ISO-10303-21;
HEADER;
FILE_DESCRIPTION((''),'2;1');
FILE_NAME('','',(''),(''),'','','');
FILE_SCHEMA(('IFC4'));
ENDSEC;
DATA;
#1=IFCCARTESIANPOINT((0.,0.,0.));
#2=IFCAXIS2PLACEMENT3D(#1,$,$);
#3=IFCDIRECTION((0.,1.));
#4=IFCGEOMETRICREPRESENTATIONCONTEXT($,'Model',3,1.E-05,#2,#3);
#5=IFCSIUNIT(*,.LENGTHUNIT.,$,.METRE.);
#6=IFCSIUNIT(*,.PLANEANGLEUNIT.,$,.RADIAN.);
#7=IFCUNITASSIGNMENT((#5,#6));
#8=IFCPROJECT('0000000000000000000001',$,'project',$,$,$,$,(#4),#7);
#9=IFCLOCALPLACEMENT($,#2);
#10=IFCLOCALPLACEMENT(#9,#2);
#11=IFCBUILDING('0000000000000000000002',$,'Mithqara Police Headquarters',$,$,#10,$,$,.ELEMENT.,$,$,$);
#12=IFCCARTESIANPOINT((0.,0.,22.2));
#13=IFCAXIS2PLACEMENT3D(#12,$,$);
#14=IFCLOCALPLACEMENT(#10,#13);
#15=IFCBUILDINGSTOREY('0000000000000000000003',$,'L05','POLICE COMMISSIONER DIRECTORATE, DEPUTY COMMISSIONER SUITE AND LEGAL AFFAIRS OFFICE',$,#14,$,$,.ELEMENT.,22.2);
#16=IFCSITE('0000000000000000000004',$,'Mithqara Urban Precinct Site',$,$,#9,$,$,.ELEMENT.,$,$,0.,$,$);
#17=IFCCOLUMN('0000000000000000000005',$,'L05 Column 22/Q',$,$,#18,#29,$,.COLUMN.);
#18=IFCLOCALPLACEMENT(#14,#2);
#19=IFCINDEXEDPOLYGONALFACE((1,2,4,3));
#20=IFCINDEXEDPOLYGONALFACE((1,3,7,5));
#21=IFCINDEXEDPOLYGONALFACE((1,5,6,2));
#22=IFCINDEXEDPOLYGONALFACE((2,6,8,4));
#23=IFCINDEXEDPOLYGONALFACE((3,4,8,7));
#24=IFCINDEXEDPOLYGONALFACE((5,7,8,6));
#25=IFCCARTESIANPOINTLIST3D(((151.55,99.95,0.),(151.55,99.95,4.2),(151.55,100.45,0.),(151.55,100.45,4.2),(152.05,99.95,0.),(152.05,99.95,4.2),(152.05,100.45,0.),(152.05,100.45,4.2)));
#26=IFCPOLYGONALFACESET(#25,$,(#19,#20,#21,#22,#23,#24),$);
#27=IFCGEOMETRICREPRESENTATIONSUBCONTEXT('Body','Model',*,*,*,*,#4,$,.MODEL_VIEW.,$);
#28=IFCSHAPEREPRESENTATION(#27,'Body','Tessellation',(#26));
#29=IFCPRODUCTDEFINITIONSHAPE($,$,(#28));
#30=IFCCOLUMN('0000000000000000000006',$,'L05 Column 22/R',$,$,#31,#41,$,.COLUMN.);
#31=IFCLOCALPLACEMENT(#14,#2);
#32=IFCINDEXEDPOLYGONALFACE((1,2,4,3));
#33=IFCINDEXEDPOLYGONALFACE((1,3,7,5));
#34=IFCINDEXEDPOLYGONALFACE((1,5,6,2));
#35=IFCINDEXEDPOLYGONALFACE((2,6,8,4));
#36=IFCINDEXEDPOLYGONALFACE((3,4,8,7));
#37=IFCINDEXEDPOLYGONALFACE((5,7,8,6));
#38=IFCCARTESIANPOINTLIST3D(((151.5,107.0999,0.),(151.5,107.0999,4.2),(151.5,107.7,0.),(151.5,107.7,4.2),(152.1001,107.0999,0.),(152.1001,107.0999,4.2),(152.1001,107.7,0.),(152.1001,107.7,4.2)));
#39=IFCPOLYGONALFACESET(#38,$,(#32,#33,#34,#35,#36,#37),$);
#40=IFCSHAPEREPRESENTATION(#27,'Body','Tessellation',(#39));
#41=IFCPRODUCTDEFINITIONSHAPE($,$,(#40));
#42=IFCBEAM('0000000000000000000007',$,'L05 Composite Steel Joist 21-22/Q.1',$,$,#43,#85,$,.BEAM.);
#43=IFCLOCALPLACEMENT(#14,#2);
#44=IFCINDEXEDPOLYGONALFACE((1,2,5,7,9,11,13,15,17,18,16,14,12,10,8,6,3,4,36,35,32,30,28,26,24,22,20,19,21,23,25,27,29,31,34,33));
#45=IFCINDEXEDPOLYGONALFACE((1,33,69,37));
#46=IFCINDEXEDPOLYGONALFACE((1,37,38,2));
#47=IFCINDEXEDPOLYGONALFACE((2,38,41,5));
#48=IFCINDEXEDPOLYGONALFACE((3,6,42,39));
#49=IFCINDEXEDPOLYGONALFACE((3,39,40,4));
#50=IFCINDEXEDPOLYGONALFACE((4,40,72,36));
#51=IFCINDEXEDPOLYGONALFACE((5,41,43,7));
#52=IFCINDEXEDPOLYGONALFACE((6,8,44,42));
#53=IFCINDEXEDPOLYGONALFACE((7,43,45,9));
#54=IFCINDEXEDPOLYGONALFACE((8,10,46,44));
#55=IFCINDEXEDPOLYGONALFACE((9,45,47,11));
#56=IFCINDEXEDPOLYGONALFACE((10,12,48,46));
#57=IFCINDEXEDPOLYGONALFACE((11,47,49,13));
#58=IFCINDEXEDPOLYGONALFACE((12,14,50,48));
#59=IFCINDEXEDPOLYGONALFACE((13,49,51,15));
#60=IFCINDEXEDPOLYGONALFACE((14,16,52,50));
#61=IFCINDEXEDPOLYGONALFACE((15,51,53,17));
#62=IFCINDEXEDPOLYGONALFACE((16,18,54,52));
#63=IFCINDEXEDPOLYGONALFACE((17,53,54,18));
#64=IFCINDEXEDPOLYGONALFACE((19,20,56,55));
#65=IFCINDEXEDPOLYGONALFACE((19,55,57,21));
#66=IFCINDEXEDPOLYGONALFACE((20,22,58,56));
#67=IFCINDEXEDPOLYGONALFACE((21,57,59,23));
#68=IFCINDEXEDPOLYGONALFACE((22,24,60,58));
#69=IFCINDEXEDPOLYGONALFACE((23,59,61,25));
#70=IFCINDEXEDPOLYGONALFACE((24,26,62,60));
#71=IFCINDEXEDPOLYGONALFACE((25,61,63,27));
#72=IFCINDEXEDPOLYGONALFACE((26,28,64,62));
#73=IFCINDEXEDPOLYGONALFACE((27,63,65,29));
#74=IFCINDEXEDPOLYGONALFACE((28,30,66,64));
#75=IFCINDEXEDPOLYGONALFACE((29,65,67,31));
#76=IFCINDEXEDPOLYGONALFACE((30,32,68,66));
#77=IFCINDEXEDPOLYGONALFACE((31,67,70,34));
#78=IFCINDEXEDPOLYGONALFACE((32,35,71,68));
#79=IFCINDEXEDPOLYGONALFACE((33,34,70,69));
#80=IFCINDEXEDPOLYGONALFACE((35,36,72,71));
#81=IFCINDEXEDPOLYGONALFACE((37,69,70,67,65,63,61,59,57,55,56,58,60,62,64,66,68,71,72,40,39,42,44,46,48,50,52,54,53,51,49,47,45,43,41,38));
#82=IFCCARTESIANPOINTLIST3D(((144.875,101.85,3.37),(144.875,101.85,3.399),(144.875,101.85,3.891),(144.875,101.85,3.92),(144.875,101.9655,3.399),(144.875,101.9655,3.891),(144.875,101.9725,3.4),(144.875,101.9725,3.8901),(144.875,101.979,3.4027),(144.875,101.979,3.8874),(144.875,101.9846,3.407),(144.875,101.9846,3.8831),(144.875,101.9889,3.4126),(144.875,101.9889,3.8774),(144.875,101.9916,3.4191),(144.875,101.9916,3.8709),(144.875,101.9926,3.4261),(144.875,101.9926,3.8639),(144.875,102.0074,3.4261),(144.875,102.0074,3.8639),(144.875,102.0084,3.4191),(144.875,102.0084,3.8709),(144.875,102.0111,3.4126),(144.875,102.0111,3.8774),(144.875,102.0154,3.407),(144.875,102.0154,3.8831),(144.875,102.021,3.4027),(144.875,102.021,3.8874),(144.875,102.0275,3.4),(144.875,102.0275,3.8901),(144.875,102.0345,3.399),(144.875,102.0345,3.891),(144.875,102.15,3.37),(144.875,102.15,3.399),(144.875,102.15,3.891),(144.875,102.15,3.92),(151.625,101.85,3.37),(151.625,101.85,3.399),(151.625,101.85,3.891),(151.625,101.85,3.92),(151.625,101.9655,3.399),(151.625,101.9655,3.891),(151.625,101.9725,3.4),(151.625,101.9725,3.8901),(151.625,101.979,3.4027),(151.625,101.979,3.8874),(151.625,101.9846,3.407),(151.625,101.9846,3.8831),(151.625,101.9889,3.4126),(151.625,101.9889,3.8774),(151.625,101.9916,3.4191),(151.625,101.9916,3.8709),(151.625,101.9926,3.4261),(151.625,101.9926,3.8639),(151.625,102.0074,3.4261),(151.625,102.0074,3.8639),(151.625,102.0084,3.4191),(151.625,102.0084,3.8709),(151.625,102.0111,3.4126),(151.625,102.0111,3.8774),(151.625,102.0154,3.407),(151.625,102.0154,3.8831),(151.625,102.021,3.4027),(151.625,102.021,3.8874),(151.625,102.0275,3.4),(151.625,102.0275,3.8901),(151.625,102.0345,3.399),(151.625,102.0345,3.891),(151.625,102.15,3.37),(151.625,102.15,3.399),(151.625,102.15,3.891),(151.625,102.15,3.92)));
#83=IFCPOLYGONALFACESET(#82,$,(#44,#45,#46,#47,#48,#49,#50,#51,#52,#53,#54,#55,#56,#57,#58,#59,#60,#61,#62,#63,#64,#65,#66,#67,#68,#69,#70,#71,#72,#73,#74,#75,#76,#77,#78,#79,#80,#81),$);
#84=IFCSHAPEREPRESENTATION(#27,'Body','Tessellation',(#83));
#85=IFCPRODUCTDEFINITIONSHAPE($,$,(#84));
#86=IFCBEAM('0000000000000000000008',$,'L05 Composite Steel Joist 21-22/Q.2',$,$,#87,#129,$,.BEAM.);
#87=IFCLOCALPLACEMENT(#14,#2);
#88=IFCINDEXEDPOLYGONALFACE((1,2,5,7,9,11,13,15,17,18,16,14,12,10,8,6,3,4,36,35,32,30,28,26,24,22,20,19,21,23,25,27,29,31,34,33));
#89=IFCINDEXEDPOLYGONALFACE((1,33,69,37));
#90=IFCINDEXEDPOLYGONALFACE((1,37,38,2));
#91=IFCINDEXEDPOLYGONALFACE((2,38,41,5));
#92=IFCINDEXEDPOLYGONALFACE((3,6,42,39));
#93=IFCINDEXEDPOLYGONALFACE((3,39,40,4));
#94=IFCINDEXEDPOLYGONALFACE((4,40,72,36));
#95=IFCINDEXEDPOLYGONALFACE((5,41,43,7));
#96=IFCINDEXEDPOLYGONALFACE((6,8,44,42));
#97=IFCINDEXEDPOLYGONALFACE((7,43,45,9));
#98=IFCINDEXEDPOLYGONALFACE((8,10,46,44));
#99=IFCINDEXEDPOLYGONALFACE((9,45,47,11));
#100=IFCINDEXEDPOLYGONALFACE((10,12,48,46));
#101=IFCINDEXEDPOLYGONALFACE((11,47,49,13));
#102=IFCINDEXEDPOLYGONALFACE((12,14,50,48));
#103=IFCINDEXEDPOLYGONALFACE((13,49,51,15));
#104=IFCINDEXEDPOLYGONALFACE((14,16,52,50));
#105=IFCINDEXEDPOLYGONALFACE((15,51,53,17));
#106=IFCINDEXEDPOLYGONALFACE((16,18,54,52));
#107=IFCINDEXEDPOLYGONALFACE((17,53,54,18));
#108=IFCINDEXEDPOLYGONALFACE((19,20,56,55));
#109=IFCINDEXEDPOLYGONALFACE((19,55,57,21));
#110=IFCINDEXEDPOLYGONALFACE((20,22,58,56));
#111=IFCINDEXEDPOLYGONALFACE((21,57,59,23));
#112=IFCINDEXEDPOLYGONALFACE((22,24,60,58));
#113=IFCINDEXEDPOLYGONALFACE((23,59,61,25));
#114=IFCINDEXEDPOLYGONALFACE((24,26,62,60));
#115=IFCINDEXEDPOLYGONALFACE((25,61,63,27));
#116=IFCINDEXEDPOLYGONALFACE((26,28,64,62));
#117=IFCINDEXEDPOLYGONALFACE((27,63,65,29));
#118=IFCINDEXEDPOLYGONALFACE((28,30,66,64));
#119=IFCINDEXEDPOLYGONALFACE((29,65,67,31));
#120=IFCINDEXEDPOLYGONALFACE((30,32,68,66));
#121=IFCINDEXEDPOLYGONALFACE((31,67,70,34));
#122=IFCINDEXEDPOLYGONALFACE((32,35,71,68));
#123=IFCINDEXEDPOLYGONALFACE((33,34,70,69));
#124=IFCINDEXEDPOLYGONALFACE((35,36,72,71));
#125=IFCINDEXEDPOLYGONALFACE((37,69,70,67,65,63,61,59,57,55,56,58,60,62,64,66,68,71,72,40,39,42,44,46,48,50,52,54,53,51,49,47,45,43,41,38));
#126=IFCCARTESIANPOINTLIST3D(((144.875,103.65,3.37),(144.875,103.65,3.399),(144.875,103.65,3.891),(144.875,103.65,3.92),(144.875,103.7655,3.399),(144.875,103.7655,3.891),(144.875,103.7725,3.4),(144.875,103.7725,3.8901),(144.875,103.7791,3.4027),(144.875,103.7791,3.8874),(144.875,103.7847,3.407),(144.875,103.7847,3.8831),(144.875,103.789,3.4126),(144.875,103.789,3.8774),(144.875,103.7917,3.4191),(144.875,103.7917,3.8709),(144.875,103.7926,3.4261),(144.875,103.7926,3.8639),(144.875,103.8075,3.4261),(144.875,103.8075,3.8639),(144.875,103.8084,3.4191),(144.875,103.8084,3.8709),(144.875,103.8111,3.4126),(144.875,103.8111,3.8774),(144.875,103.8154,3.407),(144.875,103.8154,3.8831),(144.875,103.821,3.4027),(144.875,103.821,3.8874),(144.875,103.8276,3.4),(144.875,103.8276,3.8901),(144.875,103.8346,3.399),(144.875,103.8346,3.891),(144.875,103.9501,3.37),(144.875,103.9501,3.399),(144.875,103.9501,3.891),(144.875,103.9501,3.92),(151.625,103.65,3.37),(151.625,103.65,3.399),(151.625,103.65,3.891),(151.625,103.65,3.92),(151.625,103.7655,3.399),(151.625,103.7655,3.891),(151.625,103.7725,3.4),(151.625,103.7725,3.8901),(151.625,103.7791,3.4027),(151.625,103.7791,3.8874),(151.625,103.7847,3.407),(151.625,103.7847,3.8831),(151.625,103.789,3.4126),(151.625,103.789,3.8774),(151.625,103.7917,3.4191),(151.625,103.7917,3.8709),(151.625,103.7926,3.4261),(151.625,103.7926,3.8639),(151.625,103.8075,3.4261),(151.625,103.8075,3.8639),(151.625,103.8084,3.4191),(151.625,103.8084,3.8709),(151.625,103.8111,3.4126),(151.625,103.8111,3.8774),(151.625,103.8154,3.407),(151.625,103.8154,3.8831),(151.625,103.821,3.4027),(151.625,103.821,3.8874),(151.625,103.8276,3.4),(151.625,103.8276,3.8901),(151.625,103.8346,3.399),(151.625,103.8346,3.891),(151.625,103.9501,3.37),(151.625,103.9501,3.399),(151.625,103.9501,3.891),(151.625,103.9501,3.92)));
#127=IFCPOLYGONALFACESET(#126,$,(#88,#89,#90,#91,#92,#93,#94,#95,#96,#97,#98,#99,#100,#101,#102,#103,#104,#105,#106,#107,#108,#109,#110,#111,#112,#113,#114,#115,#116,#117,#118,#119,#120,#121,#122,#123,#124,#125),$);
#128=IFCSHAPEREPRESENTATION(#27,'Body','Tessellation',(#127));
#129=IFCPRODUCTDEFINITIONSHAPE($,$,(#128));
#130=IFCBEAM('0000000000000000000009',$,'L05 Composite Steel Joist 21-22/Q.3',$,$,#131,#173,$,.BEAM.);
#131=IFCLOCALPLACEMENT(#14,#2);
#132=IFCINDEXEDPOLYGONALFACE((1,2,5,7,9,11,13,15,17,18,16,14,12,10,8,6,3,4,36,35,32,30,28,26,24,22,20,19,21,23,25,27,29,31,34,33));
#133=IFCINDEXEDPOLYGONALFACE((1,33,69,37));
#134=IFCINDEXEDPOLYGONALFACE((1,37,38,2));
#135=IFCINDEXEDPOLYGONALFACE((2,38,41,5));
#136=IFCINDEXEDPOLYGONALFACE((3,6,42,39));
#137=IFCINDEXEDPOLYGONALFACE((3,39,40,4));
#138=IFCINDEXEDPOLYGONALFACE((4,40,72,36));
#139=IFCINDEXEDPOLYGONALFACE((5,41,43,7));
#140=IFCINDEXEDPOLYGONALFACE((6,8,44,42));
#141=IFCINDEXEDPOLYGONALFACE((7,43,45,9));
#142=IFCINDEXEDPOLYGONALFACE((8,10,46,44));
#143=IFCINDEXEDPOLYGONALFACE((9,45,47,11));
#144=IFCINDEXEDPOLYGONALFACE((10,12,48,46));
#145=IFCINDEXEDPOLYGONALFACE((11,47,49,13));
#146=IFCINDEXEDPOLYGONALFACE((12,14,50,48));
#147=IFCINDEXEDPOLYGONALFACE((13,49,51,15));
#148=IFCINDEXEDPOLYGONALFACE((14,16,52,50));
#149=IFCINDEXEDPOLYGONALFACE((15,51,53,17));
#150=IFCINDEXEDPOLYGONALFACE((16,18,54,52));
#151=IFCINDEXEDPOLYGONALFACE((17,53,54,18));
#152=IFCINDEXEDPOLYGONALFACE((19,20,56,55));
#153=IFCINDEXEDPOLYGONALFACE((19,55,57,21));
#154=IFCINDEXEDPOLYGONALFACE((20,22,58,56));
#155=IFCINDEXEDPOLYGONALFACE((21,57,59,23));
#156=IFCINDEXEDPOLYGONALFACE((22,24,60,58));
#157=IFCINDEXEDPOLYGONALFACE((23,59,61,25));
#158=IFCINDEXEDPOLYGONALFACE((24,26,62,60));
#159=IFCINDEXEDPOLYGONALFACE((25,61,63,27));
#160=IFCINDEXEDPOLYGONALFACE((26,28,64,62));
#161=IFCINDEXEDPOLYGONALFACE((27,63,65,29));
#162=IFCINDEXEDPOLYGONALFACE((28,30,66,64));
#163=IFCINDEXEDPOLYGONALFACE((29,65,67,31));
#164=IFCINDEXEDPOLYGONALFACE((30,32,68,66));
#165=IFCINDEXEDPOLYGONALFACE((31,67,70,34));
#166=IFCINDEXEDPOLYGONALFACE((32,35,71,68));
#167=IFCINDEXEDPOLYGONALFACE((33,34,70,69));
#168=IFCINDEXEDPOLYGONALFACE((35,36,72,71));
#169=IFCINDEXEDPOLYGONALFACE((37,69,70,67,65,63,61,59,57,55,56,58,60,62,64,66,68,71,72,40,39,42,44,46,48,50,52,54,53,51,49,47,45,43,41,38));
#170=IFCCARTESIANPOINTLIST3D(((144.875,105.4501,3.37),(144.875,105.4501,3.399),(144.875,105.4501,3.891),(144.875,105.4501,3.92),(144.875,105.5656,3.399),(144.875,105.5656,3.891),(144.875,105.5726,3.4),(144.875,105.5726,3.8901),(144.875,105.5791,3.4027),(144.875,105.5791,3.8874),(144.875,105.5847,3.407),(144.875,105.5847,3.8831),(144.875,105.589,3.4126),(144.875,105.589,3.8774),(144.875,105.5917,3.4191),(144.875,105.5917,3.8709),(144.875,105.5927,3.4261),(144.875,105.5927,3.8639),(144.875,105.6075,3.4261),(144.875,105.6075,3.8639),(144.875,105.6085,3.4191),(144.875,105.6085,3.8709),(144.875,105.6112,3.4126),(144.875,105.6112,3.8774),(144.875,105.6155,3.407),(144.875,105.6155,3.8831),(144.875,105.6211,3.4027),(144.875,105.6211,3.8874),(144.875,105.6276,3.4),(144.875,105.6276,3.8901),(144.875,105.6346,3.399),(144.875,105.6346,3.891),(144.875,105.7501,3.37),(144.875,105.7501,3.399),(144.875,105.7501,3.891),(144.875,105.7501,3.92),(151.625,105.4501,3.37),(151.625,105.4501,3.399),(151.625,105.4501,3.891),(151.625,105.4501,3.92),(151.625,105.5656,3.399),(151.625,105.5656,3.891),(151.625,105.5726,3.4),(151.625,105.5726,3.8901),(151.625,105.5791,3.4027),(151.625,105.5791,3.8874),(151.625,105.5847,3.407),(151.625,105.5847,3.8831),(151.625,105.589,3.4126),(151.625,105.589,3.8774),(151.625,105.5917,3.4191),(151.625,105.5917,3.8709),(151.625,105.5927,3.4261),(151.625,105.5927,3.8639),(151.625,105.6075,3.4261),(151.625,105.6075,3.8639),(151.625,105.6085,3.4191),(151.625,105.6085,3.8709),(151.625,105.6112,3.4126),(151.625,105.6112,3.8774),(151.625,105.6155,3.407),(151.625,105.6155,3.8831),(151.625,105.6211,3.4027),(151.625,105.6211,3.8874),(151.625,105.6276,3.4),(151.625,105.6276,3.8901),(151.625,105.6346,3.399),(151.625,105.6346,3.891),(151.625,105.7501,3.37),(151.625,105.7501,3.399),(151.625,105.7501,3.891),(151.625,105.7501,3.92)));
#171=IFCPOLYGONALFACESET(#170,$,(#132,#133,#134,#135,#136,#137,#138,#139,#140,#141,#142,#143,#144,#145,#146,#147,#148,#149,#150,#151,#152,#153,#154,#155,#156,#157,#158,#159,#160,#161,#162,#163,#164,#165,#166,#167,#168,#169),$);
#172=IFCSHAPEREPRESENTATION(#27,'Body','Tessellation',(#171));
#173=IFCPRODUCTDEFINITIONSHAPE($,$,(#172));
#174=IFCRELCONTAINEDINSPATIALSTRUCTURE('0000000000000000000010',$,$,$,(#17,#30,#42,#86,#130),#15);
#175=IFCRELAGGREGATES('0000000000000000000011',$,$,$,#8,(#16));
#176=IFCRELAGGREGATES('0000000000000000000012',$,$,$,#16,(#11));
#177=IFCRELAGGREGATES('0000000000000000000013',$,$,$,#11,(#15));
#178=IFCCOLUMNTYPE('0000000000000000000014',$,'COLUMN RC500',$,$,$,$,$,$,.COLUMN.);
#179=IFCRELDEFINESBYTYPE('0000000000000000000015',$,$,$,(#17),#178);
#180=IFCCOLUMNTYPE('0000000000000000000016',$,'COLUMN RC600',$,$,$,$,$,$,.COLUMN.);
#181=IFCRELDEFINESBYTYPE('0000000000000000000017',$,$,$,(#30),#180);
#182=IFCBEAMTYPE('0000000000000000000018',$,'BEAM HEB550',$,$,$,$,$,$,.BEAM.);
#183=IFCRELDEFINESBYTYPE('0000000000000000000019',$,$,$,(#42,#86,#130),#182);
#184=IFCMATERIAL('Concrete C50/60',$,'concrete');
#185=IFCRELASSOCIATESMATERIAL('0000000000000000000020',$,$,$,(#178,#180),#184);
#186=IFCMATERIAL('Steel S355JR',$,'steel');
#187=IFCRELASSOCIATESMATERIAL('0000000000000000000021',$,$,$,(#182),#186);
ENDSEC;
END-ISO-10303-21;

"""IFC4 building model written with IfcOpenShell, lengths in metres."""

from ifc_helpers import new_model, si_unit, direction, frame, origin, origin_2d, place, context, subcontext, project, spatial, rectangle, i_section, extrude, material, material_profile, profile_set, type_object, element, save


model = new_model("IFC4")

# Units and contexts
model_context = context("Model", 3, precision=1e-05, world=origin(), true_north=direction((0.0, 1.0)))
body_context = subcontext(model_context, "Body", "Model", "MODEL_VIEW")
ifc_project = project(units=[si_unit("LENGTHUNIT", "METRE"), si_unit("PLANEANGLEUNIT", "RADIAN")], contexts=[model_context])

# Site, building, storey
site_placement = place(None, origin())
site = spatial("IfcSite", under=ifc_project, at=site_placement, Name="Mithqara Urban Precinct Site", CompositionType="ELEMENT", RefElevation=0.0)
building_placement = place(site_placement, origin())
building = spatial("IfcBuilding", under=site, at=building_placement, Name="Mithqara Police Headquarters", CompositionType="ELEMENT")
storey_placement = place(building_placement, frame((0.0, 0.0, 22.2)))
storey = spatial("IfcBuildingStorey", under=building, at=storey_placement, Name="L05", Description="POLICE COMMISSIONER DIRECTORATE, DEPUTY COMMISSIONER SUITE AND LEGAL AFFAIRS OFFICE", CompositionType="ELEMENT", Elevation=22.2)

# Columns
ifc_material_1 = material(Name="Concrete C50/60", Category="concrete")
ifc_material_profile_1 = material_profile(ifc_material_1, rectangle(XDim=0.5, YDim=0.5, at=origin_2d()), Name="RC 500x500")
ifc_profile_set_1 = profile_set([ifc_material_profile_1], Name="Concrete C50/60")
column_type_1 = type_object("IfcColumnType", Name="COLUMN RC500", PredefinedType="COLUMN", material=ifc_profile_set_1)
column_1_placement = place(storey_placement, frame((151.8, 100.2, 0.0), z_axis=(0.0, 0.0, 1.0), x_axis=(1.0, 0.0, 0.0)))
element("IfcColumn", 1, at=column_1_placement, inside=storey, type_object=column_type_1, Name="L05 Column 22/Q", PredefinedType="COLUMN", context=body_context, shape_type="SweptSolid", body=[
    extrude(rectangle(XDim=0.5, YDim=0.5, at=origin_2d()), origin(), (0.0, 0.0, 1.0), 4.2),
])
ifc_material_profile_2 = material_profile(ifc_material_1, rectangle(XDim=0.6001, YDim=0.6001, at=origin_2d()), Name="RC 600x600")
ifc_profile_set_2 = profile_set([ifc_material_profile_2], Name="Concrete C50/60")
column_type_2 = type_object("IfcColumnType", Name="COLUMN RC600", PredefinedType="COLUMN", material=ifc_profile_set_2)
column_2_placement = place(storey_placement, frame((151.8, 107.3999, 0.0), z_axis=(0.0, 0.0, 1.0), x_axis=(1.0, 0.0, 0.0)))
element("IfcColumn", 2, at=column_2_placement, inside=storey, type_object=column_type_2, Name="L05 Column 22/R", PredefinedType="COLUMN", context=body_context, shape_type="SweptSolid", body=[
    extrude(rectangle(XDim=0.6001, YDim=0.6001, at=origin_2d()), origin(), (0.0, 0.0, 1.0), 4.2),
])

# Beams
ifc_material_2 = material(Name="Steel S355JR", Category="steel")
ifc_material_profile_3 = material_profile(ifc_material_2, i_section(OverallWidth=0.3, OverallDepth=0.55, WebThickness=0.0149, FlangeThickness=0.0291, FilletRadius=0.0271, at=origin_2d()), Name="HEB 550")
ifc_profile_set_3 = profile_set([ifc_material_profile_3], Name="Steel S355JR")
beam_type_1 = type_object("IfcBeamType", Name="BEAM HEB550", PredefinedType="BEAM", material=ifc_profile_set_3)
for number, where, z_axis, x_axis, name in (
    (3, (144.875, 102.0, 3.645), (1.0, 0.0, 0.0), (0.0, 1.0, 0.0), "L05 Composite Steel Joist 21-22/Q.1"),
    (4, (144.875, 103.8, 3.645), (1.0, 0.0, 0.0), (0.0, 1.0, 0.0), "L05 Composite Steel Joist 21-22/Q.2"),
    (5, (144.875, 105.6001, 3.645), (1.0, 0.0, 0.0), (0.0, 1.0, 0.0), "L05 Composite Steel Joist 21-22/Q.3"),
):
    element("IfcBeam", number, at=place(storey_placement, frame(where, z_axis=z_axis, x_axis=x_axis)), inside=storey, type_object=beam_type_1, Name=name, PredefinedType="BEAM", context=body_context, shape_type="SweptSolid", body=[
        extrude(i_section(OverallWidth=0.3, OverallDepth=0.55, WebThickness=0.0149, FlangeThickness=0.0291, FilletRadius=0.0271, at=origin_2d()), origin(), (0.0, 0.0, 1.0), 6.75),
    ])

save(model, "model.ifc")
